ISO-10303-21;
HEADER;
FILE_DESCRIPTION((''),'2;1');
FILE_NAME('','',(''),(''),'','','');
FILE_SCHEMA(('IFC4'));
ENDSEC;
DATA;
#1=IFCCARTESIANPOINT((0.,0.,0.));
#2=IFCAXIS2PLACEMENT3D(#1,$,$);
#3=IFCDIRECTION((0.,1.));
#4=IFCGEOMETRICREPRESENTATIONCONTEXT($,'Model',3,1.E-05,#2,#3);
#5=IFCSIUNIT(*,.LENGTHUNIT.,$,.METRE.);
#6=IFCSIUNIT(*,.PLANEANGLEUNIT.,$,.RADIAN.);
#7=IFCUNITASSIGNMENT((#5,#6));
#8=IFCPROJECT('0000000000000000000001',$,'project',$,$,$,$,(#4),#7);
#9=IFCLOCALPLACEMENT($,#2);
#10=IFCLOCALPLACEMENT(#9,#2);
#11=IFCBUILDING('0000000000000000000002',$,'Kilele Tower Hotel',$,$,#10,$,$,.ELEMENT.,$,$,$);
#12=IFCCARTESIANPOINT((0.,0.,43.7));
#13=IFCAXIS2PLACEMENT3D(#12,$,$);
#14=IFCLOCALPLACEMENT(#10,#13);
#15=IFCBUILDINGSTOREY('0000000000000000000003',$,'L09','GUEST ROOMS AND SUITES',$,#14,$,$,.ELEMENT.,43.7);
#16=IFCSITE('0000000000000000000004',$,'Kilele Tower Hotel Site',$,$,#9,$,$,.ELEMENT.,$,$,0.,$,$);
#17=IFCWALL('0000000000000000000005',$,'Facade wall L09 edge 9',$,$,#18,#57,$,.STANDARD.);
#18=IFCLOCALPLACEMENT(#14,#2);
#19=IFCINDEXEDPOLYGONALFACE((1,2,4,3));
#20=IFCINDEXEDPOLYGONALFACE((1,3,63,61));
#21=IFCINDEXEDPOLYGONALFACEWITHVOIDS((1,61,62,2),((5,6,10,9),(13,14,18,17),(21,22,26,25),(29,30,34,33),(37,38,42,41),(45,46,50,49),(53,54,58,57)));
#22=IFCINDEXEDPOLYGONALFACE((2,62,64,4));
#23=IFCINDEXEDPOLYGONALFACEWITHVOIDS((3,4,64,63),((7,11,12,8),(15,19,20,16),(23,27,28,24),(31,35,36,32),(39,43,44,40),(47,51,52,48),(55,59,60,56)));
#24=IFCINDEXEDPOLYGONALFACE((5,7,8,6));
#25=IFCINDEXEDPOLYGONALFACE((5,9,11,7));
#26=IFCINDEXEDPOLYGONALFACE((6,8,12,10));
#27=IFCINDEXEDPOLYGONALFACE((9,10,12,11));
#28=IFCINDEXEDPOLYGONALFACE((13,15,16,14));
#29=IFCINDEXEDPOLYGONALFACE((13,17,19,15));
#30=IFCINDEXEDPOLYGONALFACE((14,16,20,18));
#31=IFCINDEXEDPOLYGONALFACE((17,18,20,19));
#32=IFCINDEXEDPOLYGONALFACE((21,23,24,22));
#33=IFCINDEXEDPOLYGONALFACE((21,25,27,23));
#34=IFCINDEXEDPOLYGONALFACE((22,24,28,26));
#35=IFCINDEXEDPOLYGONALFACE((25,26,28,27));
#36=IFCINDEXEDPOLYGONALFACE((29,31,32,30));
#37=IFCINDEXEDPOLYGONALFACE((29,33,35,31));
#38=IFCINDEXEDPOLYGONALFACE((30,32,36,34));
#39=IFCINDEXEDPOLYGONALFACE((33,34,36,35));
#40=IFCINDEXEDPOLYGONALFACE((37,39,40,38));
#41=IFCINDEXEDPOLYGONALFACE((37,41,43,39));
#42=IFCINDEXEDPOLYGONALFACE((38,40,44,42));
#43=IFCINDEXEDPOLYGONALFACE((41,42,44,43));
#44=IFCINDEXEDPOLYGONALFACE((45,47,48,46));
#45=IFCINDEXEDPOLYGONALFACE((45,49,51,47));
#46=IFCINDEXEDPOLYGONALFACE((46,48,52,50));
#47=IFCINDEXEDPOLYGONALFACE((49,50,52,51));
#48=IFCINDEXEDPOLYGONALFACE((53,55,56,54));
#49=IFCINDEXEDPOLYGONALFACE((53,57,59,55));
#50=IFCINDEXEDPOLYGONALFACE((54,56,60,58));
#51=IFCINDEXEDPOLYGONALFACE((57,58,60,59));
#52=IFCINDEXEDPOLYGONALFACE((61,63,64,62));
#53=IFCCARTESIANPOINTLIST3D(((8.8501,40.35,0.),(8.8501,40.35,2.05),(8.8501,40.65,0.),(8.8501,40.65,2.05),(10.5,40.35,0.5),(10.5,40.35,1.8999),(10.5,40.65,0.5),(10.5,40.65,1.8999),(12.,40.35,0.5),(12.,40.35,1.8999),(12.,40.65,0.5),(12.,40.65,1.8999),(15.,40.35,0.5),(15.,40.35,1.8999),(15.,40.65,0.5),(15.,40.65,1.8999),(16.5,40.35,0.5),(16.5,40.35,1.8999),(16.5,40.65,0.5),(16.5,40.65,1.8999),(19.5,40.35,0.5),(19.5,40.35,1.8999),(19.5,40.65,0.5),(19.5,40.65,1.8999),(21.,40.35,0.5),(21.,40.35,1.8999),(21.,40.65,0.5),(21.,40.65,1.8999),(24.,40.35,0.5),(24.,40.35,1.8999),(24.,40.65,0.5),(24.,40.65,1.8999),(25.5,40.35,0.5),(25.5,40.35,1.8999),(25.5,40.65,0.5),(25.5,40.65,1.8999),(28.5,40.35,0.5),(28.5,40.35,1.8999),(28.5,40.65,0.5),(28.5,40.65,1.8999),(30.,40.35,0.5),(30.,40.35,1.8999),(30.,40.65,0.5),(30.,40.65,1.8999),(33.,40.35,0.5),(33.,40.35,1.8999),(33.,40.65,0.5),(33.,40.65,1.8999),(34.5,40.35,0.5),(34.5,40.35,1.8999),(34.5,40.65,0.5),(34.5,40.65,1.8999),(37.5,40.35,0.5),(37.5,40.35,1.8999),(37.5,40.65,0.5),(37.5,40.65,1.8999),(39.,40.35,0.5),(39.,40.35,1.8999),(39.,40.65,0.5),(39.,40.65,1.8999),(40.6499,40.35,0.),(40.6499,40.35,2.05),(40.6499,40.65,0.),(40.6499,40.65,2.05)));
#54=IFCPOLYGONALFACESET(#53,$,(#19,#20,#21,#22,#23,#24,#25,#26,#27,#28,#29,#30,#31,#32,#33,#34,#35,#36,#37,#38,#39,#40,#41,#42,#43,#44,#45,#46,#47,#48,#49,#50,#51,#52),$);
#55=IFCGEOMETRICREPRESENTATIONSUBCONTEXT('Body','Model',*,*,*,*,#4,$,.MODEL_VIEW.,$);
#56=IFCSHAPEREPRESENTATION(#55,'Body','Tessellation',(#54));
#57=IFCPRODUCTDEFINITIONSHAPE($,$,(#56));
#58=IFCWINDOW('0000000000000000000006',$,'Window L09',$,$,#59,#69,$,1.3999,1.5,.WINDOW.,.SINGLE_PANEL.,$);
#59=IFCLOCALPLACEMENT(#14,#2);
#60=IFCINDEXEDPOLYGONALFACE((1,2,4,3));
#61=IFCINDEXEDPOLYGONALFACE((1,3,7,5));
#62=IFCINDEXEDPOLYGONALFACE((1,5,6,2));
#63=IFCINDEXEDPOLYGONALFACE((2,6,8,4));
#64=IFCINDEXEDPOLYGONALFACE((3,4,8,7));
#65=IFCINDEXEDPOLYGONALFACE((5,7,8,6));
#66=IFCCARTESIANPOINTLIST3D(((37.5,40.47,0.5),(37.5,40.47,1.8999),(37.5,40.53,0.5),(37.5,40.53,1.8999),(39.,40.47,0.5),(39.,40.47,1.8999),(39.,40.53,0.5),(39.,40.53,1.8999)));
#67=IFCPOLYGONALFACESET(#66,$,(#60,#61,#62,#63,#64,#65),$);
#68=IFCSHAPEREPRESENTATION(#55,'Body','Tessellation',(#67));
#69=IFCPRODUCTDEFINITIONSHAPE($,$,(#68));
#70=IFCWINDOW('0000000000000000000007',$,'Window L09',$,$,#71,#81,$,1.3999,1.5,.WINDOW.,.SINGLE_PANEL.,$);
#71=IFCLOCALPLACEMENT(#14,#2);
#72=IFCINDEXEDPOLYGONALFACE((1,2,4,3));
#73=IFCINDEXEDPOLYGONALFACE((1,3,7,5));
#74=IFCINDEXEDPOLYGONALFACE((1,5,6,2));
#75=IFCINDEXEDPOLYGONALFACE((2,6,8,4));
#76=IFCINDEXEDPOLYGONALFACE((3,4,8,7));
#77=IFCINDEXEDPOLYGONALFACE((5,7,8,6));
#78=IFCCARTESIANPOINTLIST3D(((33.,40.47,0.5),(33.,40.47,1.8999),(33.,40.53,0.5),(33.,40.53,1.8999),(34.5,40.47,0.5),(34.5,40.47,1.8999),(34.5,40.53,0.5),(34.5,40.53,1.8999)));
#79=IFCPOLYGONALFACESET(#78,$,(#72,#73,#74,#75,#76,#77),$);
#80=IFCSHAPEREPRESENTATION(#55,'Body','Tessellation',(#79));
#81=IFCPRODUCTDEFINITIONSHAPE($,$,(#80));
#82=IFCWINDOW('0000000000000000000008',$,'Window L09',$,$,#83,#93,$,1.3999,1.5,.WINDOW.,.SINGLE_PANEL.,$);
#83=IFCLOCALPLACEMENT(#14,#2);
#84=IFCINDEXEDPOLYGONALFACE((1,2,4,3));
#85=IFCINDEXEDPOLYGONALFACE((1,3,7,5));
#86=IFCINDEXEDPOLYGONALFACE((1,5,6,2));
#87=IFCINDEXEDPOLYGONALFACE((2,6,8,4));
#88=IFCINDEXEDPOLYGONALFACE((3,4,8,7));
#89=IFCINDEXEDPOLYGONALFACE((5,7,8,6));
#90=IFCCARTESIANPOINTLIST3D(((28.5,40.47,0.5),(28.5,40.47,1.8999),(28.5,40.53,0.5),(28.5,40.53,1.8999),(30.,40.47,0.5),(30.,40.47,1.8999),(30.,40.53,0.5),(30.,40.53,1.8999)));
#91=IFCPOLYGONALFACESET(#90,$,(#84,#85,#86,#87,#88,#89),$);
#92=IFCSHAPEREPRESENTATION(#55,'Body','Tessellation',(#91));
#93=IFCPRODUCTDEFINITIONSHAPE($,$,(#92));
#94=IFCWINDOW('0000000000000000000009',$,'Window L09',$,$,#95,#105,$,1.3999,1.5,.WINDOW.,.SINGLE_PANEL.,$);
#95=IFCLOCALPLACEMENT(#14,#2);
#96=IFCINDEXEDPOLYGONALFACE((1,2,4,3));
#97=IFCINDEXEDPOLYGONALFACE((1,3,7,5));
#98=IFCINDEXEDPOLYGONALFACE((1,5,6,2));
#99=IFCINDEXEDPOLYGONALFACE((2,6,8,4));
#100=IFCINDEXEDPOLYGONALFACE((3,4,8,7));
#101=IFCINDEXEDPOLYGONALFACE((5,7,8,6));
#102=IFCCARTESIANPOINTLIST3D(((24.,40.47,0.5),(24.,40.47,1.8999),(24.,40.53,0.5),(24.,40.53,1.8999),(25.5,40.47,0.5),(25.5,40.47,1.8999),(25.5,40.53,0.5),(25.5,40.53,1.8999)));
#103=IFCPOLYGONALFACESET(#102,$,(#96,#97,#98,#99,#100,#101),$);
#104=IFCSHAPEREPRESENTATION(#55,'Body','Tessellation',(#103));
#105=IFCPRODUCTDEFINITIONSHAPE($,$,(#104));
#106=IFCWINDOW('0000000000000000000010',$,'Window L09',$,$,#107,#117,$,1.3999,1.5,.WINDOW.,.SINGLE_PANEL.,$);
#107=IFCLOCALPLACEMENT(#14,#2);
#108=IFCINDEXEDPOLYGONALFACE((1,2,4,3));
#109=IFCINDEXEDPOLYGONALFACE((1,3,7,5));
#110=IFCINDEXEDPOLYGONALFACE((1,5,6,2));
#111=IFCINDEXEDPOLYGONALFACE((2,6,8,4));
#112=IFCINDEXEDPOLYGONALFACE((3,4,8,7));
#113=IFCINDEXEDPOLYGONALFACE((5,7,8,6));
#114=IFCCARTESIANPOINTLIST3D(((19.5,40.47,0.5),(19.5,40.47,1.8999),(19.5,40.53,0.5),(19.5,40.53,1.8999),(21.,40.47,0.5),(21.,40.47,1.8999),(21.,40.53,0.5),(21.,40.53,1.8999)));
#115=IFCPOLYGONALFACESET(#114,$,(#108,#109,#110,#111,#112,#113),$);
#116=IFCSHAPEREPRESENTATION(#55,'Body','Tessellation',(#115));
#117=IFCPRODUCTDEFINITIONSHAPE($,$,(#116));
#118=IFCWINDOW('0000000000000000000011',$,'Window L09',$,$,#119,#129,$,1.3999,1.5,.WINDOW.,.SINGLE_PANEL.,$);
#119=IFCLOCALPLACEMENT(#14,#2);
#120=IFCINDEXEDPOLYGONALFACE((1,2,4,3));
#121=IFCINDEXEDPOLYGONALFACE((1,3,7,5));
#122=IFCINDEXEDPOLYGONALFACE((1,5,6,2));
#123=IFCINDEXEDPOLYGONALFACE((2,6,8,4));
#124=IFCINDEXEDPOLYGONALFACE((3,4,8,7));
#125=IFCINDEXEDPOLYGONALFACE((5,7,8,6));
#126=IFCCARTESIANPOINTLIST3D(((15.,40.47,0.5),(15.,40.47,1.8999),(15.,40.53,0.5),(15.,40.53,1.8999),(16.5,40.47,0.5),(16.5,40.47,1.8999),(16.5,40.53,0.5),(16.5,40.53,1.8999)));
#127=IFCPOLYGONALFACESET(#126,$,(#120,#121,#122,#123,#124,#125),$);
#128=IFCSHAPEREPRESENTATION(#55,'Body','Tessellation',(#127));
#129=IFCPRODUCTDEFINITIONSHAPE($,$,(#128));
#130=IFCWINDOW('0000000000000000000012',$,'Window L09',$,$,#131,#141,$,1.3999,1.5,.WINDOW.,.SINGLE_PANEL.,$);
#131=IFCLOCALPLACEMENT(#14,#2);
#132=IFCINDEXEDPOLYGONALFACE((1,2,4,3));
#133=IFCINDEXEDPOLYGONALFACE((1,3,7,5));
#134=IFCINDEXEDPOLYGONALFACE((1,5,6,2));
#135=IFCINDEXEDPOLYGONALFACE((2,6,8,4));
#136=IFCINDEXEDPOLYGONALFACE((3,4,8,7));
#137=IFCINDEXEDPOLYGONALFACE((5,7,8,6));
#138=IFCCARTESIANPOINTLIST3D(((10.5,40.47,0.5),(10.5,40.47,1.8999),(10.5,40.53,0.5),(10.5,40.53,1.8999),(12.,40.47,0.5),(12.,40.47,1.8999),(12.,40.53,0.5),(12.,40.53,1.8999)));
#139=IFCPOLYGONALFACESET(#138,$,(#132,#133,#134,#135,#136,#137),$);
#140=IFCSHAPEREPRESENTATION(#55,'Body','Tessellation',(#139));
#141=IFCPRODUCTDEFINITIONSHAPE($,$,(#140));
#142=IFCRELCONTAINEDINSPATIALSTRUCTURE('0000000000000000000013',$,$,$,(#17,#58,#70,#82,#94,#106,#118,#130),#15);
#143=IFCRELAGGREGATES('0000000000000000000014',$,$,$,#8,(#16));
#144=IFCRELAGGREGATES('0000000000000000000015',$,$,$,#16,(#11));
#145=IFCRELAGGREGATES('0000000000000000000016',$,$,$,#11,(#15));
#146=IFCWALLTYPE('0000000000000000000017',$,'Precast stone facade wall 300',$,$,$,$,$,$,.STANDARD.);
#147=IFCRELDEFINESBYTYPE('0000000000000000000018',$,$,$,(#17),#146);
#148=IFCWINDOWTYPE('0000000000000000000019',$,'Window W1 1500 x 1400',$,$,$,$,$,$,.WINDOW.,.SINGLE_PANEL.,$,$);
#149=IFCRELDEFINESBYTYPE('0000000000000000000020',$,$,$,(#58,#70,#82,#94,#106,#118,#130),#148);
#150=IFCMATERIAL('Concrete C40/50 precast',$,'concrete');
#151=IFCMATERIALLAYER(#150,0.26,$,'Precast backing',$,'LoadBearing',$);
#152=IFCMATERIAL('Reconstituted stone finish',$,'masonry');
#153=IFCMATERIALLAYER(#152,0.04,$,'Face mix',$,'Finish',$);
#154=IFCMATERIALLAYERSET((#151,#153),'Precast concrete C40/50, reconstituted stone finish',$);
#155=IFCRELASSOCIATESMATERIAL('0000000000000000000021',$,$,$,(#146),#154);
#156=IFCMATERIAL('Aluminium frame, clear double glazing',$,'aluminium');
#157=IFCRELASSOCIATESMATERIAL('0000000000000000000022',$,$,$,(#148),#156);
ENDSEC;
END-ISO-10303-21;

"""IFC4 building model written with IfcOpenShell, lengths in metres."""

from ifc_helpers import new_model, si_unit, direction, frame, frame_2d, origin, place, context, subcontext, project, spatial, rectangle, extrude, material, layer, layer_set, type_object, element, fill, save


model = new_model("IFC4")

# Units and contexts
model_context = context("Model", 3, precision=1e-05, world=origin(), true_north=direction((0.0, 1.0)))
body_context = subcontext(model_context, "Body", "Model", "MODEL_VIEW")
ifc_project = project(units=[si_unit("LENGTHUNIT", "METRE"), si_unit("PLANEANGLEUNIT", "RADIAN")], contexts=[model_context])

# Site, building, storey
site_placement = place(None, origin())
site = spatial("IfcSite", under=ifc_project, at=site_placement, Name="Kilele Tower Hotel Site", CompositionType="ELEMENT", RefElevation=0.0)
building_placement = place(site_placement, origin())
building = spatial("IfcBuilding", under=site, at=building_placement, Name="Kilele Tower Hotel", CompositionType="ELEMENT")
storey_placement = place(building_placement, frame((0.0, 0.0, 43.7)))
storey = spatial("IfcBuildingStorey", under=building, at=storey_placement, Name="L09", Description="GUEST ROOMS AND SUITES", CompositionType="ELEMENT", Elevation=43.7)

# Shared definitions
ifc_material_1 = material(Name="Concrete C40/50 precast", Category="concrete")
ifc_layer_1 = layer(ifc_material_1, 0.26, Name="Precast backing", Category="LoadBearing")
ifc_material_2 = material(Name="Reconstituted stone finish", Category="masonry")
ifc_layer_2 = layer(ifc_material_2, 0.04, Name="Face mix", Category="Finish")
ifc_layer_set_1 = layer_set([ifc_layer_1, ifc_layer_2], Name="Precast concrete C40/50, reconstituted stone finish")
wall_type_1 = type_object("IfcWallType", Name="Precast stone facade wall 300", PredefinedType="STANDARD", material=ifc_layer_set_1)
ifc_material_3 = material(Name="Aluminium frame, clear double glazing", Category="aluminium")
window_type_1 = type_object("IfcWindowType", Name="Window W1 1500 x 1400", PartitioningType="SINGLE_PANEL", PredefinedType="WINDOW", material=ifc_material_3)

# Wall, openings, windows
wall_1_placement = place(storey_placement, frame((40.6499, 40.5, 0.0), z_axis=(0.0, 0.0, 1.0), x_axis=(-1.0, 0.0, 0.0)))
wall_1 = element("IfcWall", 1, at=wall_1_placement, inside=storey, type_object=wall_type_1, Name="Facade wall L09 edge 9", PredefinedType="STANDARD", context=body_context, shape_type="SweptSolid", body=[
    extrude(rectangle(XDim=31.7998, YDim=0.3, at=frame_2d((15.8999, 0.0))), origin(), (0.0, 0.0, 1.0), 2.05),
])
opening_1_placement = place(wall_1_placement, frame((1.6499, 0.0, 0.5)))
opening_1 = element("IfcOpeningElement", 2, at=opening_1_placement, cuts=wall_1, PredefinedType="OPENING", context=body_context, shape_type="SweptSolid", body=[
    extrude(rectangle(XDim=1.5, YDim=1.3999, at=frame_2d((0.75, 0.7))), frame((0.0, 0.1599, 0.0), z_axis=(0.0, -1.0, 0.0), x_axis=(1.0, 0.0, 0.0)), (0.0, 0.0, 1.0), 0.3201),
])
opening_2_placement = place(wall_1_placement, frame((6.1499, 0.0, 0.5)))
opening_2 = element("IfcOpeningElement", 3, at=opening_2_placement, cuts=wall_1, PredefinedType="OPENING", context=body_context, shape_type="SweptSolid", body=[
    extrude(rectangle(XDim=1.5, YDim=1.3999, at=frame_2d((0.75, 0.7))), frame((0.0, 0.1599, 0.0), z_axis=(0.0, -1.0, 0.0), x_axis=(1.0, 0.0, 0.0)), (0.0, 0.0, 1.0), 0.3201),
])
opening_3_placement = place(wall_1_placement, frame((10.6499, 0.0, 0.5)))
opening_3 = element("IfcOpeningElement", 4, at=opening_3_placement, cuts=wall_1, PredefinedType="OPENING", context=body_context, shape_type="SweptSolid", body=[
    extrude(rectangle(XDim=1.5, YDim=1.3999, at=frame_2d((0.75, 0.7))), frame((0.0, 0.1599, 0.0), z_axis=(0.0, -1.0, 0.0), x_axis=(1.0, 0.0, 0.0)), (0.0, 0.0, 1.0), 0.3201),
])
opening_4_placement = place(wall_1_placement, frame((15.1499, 0.0, 0.5)))
opening_4 = element("IfcOpeningElement", 5, at=opening_4_placement, cuts=wall_1, PredefinedType="OPENING", context=body_context, shape_type="SweptSolid", body=[
    extrude(rectangle(XDim=1.5, YDim=1.3999, at=frame_2d((0.75, 0.7))), frame((0.0, 0.1599, 0.0), z_axis=(0.0, -1.0, 0.0), x_axis=(1.0, 0.0, 0.0)), (0.0, 0.0, 1.0), 0.3201),
])
opening_5_placement = place(wall_1_placement, frame((19.6499, 0.0, 0.5)))
opening_5 = element("IfcOpeningElement", 6, at=opening_5_placement, cuts=wall_1, PredefinedType="OPENING", context=body_context, shape_type="SweptSolid", body=[
    extrude(rectangle(XDim=1.5, YDim=1.3999, at=frame_2d((0.75, 0.7))), frame((0.0, 0.1599, 0.0), z_axis=(0.0, -1.0, 0.0), x_axis=(1.0, 0.0, 0.0)), (0.0, 0.0, 1.0), 0.3201),
])
opening_6_placement = place(wall_1_placement, frame((24.1499, 0.0, 0.5)))
opening_6 = element("IfcOpeningElement", 7, at=opening_6_placement, cuts=wall_1, PredefinedType="OPENING", context=body_context, shape_type="SweptSolid", body=[
    extrude(rectangle(XDim=1.5, YDim=1.3999, at=frame_2d((0.75, 0.7))), frame((0.0, 0.1599, 0.0), z_axis=(0.0, -1.0, 0.0), x_axis=(1.0, 0.0, 0.0)), (0.0, 0.0, 1.0), 0.3201),
])
opening_7_placement = place(wall_1_placement, frame((28.6499, 0.0, 0.5)))
opening_7 = element("IfcOpeningElement", 8, at=opening_7_placement, cuts=wall_1, PredefinedType="OPENING", context=body_context, shape_type="SweptSolid", body=[
    extrude(rectangle(XDim=1.5, YDim=1.3999, at=frame_2d((0.75, 0.7))), frame((0.0, 0.1599, 0.0), z_axis=(0.0, -1.0, 0.0), x_axis=(1.0, 0.0, 0.0)), (0.0, 0.0, 1.0), 0.3201),
])
window_1_placement = place(opening_1_placement, origin())
window_1 = element("IfcWindow", 9, at=window_1_placement, inside=storey, type_object=window_type_1, Name="Window L09", OverallHeight=1.3999, OverallWidth=1.5, PartitioningType="SINGLE_PANEL", PredefinedType="WINDOW", context=body_context, shape_type="SweptSolid", body=[
    extrude(rectangle(XDim=1.5, YDim=1.3999, at=frame_2d((0.75, 0.7))), frame((0.0, 0.03, 0.0), z_axis=(0.0, -1.0, 0.0), x_axis=(1.0, 0.0, 0.0)), (0.0, 0.0, 1.0), 0.0601),
])
fill(opening_1, window_1)
window_2_placement = place(opening_2_placement, origin())
window_2 = element("IfcWindow", 10, at=window_2_placement, inside=storey, type_object=window_type_1, Name="Window L09", OverallHeight=1.3999, OverallWidth=1.5, PartitioningType="SINGLE_PANEL", PredefinedType="WINDOW", context=body_context, shape_type="SweptSolid", body=[
    extrude(rectangle(XDim=1.5, YDim=1.3999, at=frame_2d((0.75, 0.7))), frame((0.0, 0.03, 0.0), z_axis=(0.0, -1.0, 0.0), x_axis=(1.0, 0.0, 0.0)), (0.0, 0.0, 1.0), 0.0601),
])
fill(opening_2, window_2)
window_3_placement = place(opening_3_placement, origin())
window_3 = element("IfcWindow", 11, at=window_3_placement, inside=storey, type_object=window_type_1, Name="Window L09", OverallHeight=1.3999, OverallWidth=1.5, PartitioningType="SINGLE_PANEL", PredefinedType="WINDOW", context=body_context, shape_type="SweptSolid", body=[
    extrude(rectangle(XDim=1.5, YDim=1.3999, at=frame_2d((0.75, 0.7))), frame((0.0, 0.03, 0.0), z_axis=(0.0, -1.0, 0.0), x_axis=(1.0, 0.0, 0.0)), (0.0, 0.0, 1.0), 0.0601),
])
fill(opening_3, window_3)
window_4_placement = place(opening_4_placement, origin())
window_4 = element("IfcWindow", 12, at=window_4_placement, inside=storey, type_object=window_type_1, Name="Window L09", OverallHeight=1.3999, OverallWidth=1.5, PartitioningType="SINGLE_PANEL", PredefinedType="WINDOW", context=body_context, shape_type="SweptSolid", body=[
    extrude(rectangle(XDim=1.5, YDim=1.3999, at=frame_2d((0.75, 0.7))), frame((0.0, 0.03, 0.0), z_axis=(0.0, -1.0, 0.0), x_axis=(1.0, 0.0, 0.0)), (0.0, 0.0, 1.0), 0.0601),
])
fill(opening_4, window_4)
window_5_placement = place(opening_5_placement, origin())
window_5 = element("IfcWindow", 13, at=window_5_placement, inside=storey, type_object=window_type_1, Name="Window L09", OverallHeight=1.3999, OverallWidth=1.5, PartitioningType="SINGLE_PANEL", PredefinedType="WINDOW", context=body_context, shape_type="SweptSolid", body=[
    extrude(rectangle(XDim=1.5, YDim=1.3999, at=frame_2d((0.75, 0.7))), frame((0.0, 0.03, 0.0), z_axis=(0.0, -1.0, 0.0), x_axis=(1.0, 0.0, 0.0)), (0.0, 0.0, 1.0), 0.0601),
])
fill(opening_5, window_5)
window_6_placement = place(opening_6_placement, origin())
window_6 = element("IfcWindow", 14, at=window_6_placement, inside=storey, type_object=window_type_1, Name="Window L09", OverallHeight=1.3999, OverallWidth=1.5, PartitioningType="SINGLE_PANEL", PredefinedType="WINDOW", context=body_context, shape_type="SweptSolid", body=[
    extrude(rectangle(XDim=1.5, YDim=1.3999, at=frame_2d((0.75, 0.7))), frame((0.0, 0.03, 0.0), z_axis=(0.0, -1.0, 0.0), x_axis=(1.0, 0.0, 0.0)), (0.0, 0.0, 1.0), 0.0601),
])
fill(opening_6, window_6)
window_7_placement = place(opening_7_placement, origin())
window_7 = element("IfcWindow", 15, at=window_7_placement, inside=storey, type_object=window_type_1, Name="Window L09", OverallHeight=1.3999, OverallWidth=1.5, PartitioningType="SINGLE_PANEL", PredefinedType="WINDOW", context=body_context, shape_type="SweptSolid", body=[
    extrude(rectangle(XDim=1.5, YDim=1.3999, at=frame_2d((0.75, 0.7))), frame((0.0, 0.03, 0.0), z_axis=(0.0, -1.0, 0.0), x_axis=(1.0, 0.0, 0.0)), (0.0, 0.0, 1.0), 0.0601),
])
fill(opening_7, window_7)

save(model, "model.ifc")
